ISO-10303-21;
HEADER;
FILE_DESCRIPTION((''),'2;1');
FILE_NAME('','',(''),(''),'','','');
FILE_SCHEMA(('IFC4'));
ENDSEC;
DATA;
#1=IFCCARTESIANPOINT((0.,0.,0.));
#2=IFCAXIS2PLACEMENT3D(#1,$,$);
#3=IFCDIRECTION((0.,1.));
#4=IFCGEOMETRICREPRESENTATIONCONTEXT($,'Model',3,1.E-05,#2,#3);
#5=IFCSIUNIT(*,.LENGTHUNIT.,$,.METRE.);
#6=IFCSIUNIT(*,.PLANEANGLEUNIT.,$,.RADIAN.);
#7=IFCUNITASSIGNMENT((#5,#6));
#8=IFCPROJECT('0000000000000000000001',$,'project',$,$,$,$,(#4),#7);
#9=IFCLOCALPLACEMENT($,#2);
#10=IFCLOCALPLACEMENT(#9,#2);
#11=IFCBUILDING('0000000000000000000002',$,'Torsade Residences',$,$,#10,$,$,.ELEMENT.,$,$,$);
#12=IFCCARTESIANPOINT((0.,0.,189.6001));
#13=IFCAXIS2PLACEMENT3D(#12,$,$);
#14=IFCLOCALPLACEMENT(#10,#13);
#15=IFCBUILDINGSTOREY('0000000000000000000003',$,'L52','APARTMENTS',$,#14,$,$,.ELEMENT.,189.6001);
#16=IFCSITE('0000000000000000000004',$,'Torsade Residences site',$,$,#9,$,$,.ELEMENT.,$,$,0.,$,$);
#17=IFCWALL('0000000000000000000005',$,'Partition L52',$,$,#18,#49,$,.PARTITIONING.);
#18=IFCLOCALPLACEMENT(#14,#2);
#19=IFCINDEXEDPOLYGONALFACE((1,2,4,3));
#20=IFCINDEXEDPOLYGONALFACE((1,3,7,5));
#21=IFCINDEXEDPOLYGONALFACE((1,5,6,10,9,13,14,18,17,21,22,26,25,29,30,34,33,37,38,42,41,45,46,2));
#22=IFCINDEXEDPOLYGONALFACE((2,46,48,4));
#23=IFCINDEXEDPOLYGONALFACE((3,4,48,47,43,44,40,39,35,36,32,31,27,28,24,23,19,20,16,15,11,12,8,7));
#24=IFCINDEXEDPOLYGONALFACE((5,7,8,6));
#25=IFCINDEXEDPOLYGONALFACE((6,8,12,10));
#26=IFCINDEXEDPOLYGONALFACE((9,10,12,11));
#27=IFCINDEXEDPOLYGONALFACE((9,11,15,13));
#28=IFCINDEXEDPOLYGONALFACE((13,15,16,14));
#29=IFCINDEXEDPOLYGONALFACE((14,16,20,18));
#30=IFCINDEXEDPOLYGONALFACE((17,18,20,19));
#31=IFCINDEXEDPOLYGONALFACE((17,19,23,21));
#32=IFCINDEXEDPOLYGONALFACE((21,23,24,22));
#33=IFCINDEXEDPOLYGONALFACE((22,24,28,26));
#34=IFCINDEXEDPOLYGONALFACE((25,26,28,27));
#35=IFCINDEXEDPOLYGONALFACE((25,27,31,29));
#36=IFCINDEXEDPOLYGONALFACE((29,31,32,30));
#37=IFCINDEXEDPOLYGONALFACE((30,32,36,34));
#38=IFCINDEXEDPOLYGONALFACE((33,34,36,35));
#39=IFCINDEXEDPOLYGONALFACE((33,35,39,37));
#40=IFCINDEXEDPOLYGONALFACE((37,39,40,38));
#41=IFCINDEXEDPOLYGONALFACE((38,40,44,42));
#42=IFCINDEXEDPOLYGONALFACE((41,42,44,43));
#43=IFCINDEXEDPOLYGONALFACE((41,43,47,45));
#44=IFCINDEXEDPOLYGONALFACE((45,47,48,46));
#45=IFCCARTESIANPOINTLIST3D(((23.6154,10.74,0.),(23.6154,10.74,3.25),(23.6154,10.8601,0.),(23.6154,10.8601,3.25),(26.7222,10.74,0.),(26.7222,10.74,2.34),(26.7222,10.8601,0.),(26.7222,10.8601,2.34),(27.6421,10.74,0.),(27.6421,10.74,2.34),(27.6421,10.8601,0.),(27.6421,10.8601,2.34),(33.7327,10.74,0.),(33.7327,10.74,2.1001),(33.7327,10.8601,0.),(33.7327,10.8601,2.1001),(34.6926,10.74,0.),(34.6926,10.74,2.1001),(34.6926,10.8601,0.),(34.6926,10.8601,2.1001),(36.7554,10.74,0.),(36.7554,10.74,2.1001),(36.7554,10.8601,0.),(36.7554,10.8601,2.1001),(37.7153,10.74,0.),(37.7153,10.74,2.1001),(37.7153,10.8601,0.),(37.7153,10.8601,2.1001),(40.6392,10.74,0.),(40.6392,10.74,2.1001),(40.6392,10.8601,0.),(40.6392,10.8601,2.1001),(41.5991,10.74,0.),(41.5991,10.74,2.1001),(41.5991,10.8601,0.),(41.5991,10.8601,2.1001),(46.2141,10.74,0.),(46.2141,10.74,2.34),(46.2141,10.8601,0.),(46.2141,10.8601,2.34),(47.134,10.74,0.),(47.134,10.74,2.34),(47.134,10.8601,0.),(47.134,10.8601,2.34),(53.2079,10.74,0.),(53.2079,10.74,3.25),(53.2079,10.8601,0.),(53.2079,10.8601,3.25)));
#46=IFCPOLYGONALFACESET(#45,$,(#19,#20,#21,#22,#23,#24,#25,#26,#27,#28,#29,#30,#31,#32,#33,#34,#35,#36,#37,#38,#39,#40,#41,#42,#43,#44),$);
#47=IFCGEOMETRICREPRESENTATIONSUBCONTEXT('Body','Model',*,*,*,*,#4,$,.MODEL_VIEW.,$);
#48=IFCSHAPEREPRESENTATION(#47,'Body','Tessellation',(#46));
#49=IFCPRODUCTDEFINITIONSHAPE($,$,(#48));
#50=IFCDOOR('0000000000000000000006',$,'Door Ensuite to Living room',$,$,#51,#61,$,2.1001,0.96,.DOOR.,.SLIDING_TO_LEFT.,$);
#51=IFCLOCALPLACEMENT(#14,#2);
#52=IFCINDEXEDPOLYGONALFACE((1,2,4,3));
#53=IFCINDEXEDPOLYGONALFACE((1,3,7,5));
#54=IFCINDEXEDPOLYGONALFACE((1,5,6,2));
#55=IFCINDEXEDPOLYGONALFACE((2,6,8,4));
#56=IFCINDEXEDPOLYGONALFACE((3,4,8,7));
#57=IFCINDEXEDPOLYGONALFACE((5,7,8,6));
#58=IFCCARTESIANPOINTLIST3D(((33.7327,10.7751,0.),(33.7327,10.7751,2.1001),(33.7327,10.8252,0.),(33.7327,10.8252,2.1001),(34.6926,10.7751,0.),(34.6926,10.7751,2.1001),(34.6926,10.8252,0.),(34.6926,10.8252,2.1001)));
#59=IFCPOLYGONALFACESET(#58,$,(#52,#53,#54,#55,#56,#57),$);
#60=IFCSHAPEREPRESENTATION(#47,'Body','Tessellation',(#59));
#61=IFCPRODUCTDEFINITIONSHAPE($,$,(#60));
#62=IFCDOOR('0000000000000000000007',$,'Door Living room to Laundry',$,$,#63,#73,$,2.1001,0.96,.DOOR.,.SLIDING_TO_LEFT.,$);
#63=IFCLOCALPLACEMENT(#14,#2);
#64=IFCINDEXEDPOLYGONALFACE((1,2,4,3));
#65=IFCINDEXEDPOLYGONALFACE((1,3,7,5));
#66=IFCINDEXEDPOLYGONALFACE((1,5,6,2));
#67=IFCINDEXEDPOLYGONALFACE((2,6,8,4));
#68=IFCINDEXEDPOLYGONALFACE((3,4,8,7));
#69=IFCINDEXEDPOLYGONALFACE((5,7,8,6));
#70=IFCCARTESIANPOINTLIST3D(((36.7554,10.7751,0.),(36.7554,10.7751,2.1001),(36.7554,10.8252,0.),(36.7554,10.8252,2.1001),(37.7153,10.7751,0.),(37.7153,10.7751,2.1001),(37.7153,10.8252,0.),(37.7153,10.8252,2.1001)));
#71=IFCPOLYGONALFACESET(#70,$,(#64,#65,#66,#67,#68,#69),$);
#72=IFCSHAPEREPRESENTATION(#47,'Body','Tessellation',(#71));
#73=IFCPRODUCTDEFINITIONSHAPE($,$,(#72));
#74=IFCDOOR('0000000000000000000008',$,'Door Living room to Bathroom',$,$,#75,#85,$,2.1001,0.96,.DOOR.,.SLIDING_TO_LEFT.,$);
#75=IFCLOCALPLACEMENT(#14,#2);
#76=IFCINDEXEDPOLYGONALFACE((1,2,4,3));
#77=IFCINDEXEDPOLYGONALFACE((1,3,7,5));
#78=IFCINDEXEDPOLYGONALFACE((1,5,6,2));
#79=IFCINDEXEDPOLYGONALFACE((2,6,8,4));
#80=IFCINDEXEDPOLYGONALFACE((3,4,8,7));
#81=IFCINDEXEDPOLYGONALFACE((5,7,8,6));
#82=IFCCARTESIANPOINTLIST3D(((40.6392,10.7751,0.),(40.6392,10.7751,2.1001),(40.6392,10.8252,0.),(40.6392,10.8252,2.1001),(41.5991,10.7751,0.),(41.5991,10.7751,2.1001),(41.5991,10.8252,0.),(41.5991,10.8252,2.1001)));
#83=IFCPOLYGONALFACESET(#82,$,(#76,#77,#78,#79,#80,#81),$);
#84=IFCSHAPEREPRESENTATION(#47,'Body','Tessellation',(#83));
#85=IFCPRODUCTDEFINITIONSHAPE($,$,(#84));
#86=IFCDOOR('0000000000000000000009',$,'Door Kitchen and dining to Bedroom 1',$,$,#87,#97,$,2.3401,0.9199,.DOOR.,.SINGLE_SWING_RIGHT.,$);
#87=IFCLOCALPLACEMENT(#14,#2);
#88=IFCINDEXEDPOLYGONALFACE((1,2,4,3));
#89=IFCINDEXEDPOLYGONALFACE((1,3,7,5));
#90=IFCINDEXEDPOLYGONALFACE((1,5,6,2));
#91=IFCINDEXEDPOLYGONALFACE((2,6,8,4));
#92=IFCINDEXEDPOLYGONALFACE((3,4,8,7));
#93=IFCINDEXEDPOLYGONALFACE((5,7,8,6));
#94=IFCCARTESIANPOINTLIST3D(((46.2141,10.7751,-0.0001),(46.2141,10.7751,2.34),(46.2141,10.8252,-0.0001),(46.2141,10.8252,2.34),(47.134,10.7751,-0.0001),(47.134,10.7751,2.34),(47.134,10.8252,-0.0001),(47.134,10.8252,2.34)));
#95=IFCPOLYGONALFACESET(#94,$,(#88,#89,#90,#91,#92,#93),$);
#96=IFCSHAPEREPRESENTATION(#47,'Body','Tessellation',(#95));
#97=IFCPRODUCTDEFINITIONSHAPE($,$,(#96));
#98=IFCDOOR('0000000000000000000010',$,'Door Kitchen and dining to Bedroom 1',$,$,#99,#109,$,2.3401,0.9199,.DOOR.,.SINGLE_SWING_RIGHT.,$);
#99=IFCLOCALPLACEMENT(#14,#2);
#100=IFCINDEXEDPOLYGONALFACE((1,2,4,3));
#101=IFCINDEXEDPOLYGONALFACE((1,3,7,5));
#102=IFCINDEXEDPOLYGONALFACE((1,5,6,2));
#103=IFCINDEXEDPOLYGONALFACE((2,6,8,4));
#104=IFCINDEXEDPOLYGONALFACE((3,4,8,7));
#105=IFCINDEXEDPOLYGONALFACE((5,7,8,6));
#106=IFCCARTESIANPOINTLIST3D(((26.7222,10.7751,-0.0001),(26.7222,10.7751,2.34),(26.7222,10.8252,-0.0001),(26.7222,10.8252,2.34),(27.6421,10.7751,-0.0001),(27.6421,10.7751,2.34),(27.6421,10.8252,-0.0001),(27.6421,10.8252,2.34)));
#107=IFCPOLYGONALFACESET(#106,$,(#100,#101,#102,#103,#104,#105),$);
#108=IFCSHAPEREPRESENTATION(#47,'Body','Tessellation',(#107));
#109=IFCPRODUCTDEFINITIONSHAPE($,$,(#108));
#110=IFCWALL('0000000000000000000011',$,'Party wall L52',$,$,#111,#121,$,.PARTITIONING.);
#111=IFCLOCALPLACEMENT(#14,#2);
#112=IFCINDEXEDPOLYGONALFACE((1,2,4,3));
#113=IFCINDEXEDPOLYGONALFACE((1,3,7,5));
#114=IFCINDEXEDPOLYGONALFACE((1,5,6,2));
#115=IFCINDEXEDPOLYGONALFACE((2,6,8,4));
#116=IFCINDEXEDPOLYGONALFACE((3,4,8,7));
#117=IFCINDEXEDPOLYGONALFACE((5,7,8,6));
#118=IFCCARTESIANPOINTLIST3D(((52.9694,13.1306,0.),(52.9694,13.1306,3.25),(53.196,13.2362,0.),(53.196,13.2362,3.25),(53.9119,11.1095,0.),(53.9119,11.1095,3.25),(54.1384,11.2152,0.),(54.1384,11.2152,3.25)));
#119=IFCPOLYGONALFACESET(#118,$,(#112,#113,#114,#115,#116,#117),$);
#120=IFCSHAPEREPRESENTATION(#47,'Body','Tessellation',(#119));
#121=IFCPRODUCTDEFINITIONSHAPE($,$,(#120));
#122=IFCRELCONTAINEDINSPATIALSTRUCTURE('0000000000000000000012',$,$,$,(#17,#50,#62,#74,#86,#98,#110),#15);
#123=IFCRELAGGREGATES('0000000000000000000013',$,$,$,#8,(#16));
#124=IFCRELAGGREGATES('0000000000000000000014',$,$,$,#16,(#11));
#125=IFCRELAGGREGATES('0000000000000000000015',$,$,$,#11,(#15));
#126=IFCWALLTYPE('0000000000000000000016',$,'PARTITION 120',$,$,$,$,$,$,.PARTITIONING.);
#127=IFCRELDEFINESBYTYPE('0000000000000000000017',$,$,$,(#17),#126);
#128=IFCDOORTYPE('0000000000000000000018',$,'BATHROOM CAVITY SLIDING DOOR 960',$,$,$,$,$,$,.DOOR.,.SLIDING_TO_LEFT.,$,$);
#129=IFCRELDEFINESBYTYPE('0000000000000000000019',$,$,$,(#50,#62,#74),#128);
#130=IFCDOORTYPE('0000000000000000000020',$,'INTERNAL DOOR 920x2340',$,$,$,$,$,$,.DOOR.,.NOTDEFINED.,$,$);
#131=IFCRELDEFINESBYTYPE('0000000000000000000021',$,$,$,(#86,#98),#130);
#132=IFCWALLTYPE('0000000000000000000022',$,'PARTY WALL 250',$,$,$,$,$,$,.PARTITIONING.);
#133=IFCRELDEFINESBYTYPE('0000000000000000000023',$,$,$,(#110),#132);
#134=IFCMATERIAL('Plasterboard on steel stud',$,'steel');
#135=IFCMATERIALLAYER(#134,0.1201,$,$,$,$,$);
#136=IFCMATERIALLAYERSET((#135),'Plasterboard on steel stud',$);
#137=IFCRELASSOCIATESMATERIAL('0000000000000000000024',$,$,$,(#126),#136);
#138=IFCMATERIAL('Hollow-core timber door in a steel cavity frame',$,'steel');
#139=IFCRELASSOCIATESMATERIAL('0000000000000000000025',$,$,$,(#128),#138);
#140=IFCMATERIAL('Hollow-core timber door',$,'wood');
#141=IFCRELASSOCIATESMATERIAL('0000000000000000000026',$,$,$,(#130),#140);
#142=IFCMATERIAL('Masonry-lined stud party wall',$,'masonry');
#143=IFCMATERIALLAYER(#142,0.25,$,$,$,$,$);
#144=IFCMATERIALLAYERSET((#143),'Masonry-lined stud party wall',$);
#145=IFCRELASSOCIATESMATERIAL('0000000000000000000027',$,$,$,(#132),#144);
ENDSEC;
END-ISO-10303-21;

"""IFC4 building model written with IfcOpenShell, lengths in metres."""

from ifc_helpers import new_model, si_unit, direction, frame, frame_2d, origin, place, context, subcontext, project, spatial, rectangle, extrude, material, layer, layer_set, type_object, element, fill, save


model = new_model("IFC4")

# Units and contexts
model_context = context("Model", 3, precision=1e-05, world=origin(), true_north=direction((0.0, 1.0)))
body_context = subcontext(model_context, "Body", "Model", "MODEL_VIEW")
ifc_project = project(units=[si_unit("LENGTHUNIT", "METRE"), si_unit("PLANEANGLEUNIT", "RADIAN")], contexts=[model_context])

# Site, building, storey
site_placement = place(None, origin())
site = spatial("IfcSite", under=ifc_project, at=site_placement, Name="Torsade Residences site", CompositionType="ELEMENT", RefElevation=0.0)
building_placement = place(site_placement, origin())
building = spatial("IfcBuilding", under=site, at=building_placement, Name="Torsade Residences", CompositionType="ELEMENT")
storey_placement = place(building_placement, frame((0.0, 0.0, 189.6001)))
storey = spatial("IfcBuildingStorey", under=building, at=storey_placement, Name="L52", Description="APARTMENTS", CompositionType="ELEMENT", Elevation=189.6001)

# Wall, openings, doors
ifc_material_1 = material(Name="Plasterboard on steel stud", Category="steel")
ifc_layer_1 = layer(ifc_material_1, 0.1201)
ifc_layer_set_1 = layer_set([ifc_layer_1], Name="Plasterboard on steel stud")
wall_type_1 = type_object("IfcWallType", Name="PARTITION 120", PredefinedType="PARTITIONING", material=ifc_layer_set_1)
wall_1_placement = place(storey_placement, frame((53.208, 10.8, 0.0), z_axis=(0.0, 0.0, 1.0), x_axis=(-1.0, 0.0, 0.0)))
wall_1 = element("IfcWall", 1, at=wall_1_placement, inside=storey, type_object=wall_type_1, Name="Partition L52", PredefinedType="PARTITIONING", context=body_context, shape_type="SweptSolid", body=[
    extrude(rectangle(XDim=29.5925, YDim=0.1201, at=frame_2d((14.7964, 0.0))), origin(), (0.0, 0.0, 1.0), 3.25),
])
opening_1_placement = place(wall_1_placement, frame((6.074, 0.0, 0.0)))
opening_1 = element("IfcOpeningElement", 2, at=opening_1_placement, cuts=wall_1, PredefinedType="OPENING", context=body_context, shape_type="SweptSolid", body=[
    extrude(rectangle(XDim=0.9199, YDim=2.3401, at=frame_2d((0.46, 1.1699))), frame((0.0, 0.0701, 0.0), z_axis=(0.0, -1.0, 0.0), x_axis=(1.0, 0.0, 0.0)), (0.0, 0.0, 1.0), 0.1401),
])
opening_2_placement = place(wall_1_placement, frame((25.5659, 0.0, 0.0)))
opening_2 = element("IfcOpeningElement", 3, at=opening_2_placement, cuts=wall_1, PredefinedType="OPENING", context=body_context, shape_type="SweptSolid", body=[
    extrude(rectangle(XDim=0.9199, YDim=2.3401, at=frame_2d((0.46, 1.1699))), frame((0.0, 0.0701, 0.0), z_axis=(0.0, -1.0, 0.0), x_axis=(1.0, 0.0, 0.0)), (0.0, 0.0, 1.0), 0.1401),
])
opening_3_placement = place(wall_1_placement, frame((18.5154, 0.0, 0.0)))
opening_3 = element("IfcOpeningElement", 4, at=opening_3_placement, cuts=wall_1, PredefinedType="OPENING", context=body_context, shape_type="SweptSolid", body=[
    extrude(rectangle(XDim=0.96, YDim=2.1001, at=frame_2d((0.48, 1.05))), frame((0.0, 0.0701, 0.0), z_axis=(0.0, -1.0, 0.0), x_axis=(1.0, 0.0, 0.0)), (0.0, 0.0, 1.0), 0.1401),
])
opening_4_placement = place(wall_1_placement, frame((15.4927, 0.0, 0.0)))
opening_4 = element("IfcOpeningElement", 5, at=opening_4_placement, cuts=wall_1, PredefinedType="OPENING", context=body_context, shape_type="SweptSolid", body=[
    extrude(rectangle(XDim=0.96, YDim=2.1001, at=frame_2d((0.48, 1.05))), frame((0.0, 0.0701, 0.0), z_axis=(0.0, -1.0, 0.0), x_axis=(1.0, 0.0, 0.0)), (0.0, 0.0, 1.0), 0.1401),
])
opening_5_placement = place(wall_1_placement, frame((11.6089, 0.0, 0.0)))
opening_5 = element("IfcOpeningElement", 6, at=opening_5_placement, cuts=wall_1, PredefinedType="OPENING", context=body_context, shape_type="SweptSolid", body=[
    extrude(rectangle(XDim=0.96, YDim=2.1001, at=frame_2d((0.48, 1.05))), frame((0.0, 0.0701, 0.0), z_axis=(0.0, -1.0, 0.0), x_axis=(1.0, 0.0, 0.0)), (0.0, 0.0, 1.0), 0.1401),
])
ifc_material_2 = material(Name="Hollow-core timber door in a steel cavity frame", Category="steel")
door_type_1 = type_object("IfcDoorType", Name="BATHROOM CAVITY SLIDING DOOR 960", OperationType="SLIDING_TO_LEFT", PredefinedType="DOOR", material=ifc_material_2)
door_1_placement = place(opening_3_placement, origin())
door_1 = element("IfcDoor", 7, at=door_1_placement, inside=storey, type_object=door_type_1, Name="Door Ensuite to Living room", OperationType="SLIDING_TO_LEFT", OverallHeight=2.1001, OverallWidth=0.96, PredefinedType="DOOR", context=body_context, shape_type="SweptSolid", body=[
    extrude(rectangle(XDim=0.96, YDim=2.1001, at=frame_2d((0.48, 1.05))), frame((0.0, 0.0249, 0.0), z_axis=(0.0, -1.0, 0.0), x_axis=(1.0, 0.0, 0.0)), (0.0, 0.0, 1.0), 0.05),
])
fill(opening_3, door_1)
door_2_placement = place(opening_4_placement, origin())
door_2 = element("IfcDoor", 8, at=door_2_placement, inside=storey, type_object=door_type_1, Name="Door Living room to Laundry", OperationType="SLIDING_TO_LEFT", OverallHeight=2.1001, OverallWidth=0.96, PredefinedType="DOOR", context=body_context, shape_type="SweptSolid", body=[
    extrude(rectangle(XDim=0.96, YDim=2.1001, at=frame_2d((0.48, 1.05))), frame((0.0, 0.0249, 0.0), z_axis=(0.0, -1.0, 0.0), x_axis=(1.0, 0.0, 0.0)), (0.0, 0.0, 1.0), 0.05),
])
fill(opening_4, door_2)
door_3_placement = place(opening_5_placement, origin())
door_3 = element("IfcDoor", 9, at=door_3_placement, inside=storey, type_object=door_type_1, Name="Door Living room to Bathroom", OperationType="SLIDING_TO_LEFT", OverallHeight=2.1001, OverallWidth=0.96, PredefinedType="DOOR", context=body_context, shape_type="SweptSolid", body=[
    extrude(rectangle(XDim=0.96, YDim=2.1001, at=frame_2d((0.48, 1.05))), frame((0.0, 0.0249, 0.0), z_axis=(0.0, -1.0, 0.0), x_axis=(1.0, 0.0, 0.0)), (0.0, 0.0, 1.0), 0.05),
])
fill(opening_5, door_3)
ifc_material_3 = material(Name="Hollow-core timber door", Category="wood")
door_type_2 = type_object("IfcDoorType", Name="INTERNAL DOOR 920x2340", OperationType="NOTDEFINED", PredefinedType="DOOR", material=ifc_material_3)
door_4_placement = place(opening_1_placement, origin())
door_4 = element("IfcDoor", 10, at=door_4_placement, inside=storey, type_object=door_type_2, Name="Door Kitchen and dining to Bedroom 1", OperationType="SINGLE_SWING_RIGHT", OverallHeight=2.3401, OverallWidth=0.9199, PredefinedType="DOOR", context=body_context, shape_type="SweptSolid", body=[
    extrude(rectangle(XDim=0.9199, YDim=2.3401, at=frame_2d((0.46, 1.1699))), frame((0.0, 0.0249, 0.0), z_axis=(0.0, -1.0, 0.0), x_axis=(1.0, 0.0, 0.0)), (0.0, 0.0, 1.0), 0.05),
])
fill(opening_1, door_4)
door_5_placement = place(opening_2_placement, origin())
door_5 = element("IfcDoor", 11, at=door_5_placement, inside=storey, type_object=door_type_2, Name="Door Kitchen and dining to Bedroom 1", OperationType="SINGLE_SWING_RIGHT", OverallHeight=2.3401, OverallWidth=0.9199, PredefinedType="DOOR", context=body_context, shape_type="SweptSolid", body=[
    extrude(rectangle(XDim=0.9199, YDim=2.3401, at=frame_2d((0.46, 1.1699))), frame((0.0, 0.0249, 0.0), z_axis=(0.0, -1.0, 0.0), x_axis=(1.0, 0.0, 0.0)), (0.0, 0.0, 1.0), 0.05),
])
fill(opening_2, door_5)

# Wall
ifc_material_4 = material(Name="Masonry-lined stud party wall", Category="masonry")
ifc_layer_2 = layer(ifc_material_4, 0.25)
ifc_layer_set_2 = layer_set([ifc_layer_2], Name="Masonry-lined stud party wall")
wall_type_2 = type_object("IfcWallType", Name="PARTY WALL 250", PredefinedType="PARTITIONING", material=ifc_layer_set_2)
wall_2_placement = place(storey_placement, frame((54.0251, 11.1624, 0.0), z_axis=(0.0, 0.0, 1.0), x_axis=(-0.42261, 0.906312, 0.0)))
element("IfcWall", 12, at=wall_2_placement, inside=storey, type_object=wall_type_2, Name="Party wall L52", PredefinedType="PARTITIONING", context=body_context, shape_type="SweptSolid", body=[
    extrude(rectangle(XDim=2.23, YDim=0.25, at=frame_2d((1.115, 0.0))), origin(), (0.0, 0.0, 1.0), 3.25),
])

save(model, "model.ifc")
